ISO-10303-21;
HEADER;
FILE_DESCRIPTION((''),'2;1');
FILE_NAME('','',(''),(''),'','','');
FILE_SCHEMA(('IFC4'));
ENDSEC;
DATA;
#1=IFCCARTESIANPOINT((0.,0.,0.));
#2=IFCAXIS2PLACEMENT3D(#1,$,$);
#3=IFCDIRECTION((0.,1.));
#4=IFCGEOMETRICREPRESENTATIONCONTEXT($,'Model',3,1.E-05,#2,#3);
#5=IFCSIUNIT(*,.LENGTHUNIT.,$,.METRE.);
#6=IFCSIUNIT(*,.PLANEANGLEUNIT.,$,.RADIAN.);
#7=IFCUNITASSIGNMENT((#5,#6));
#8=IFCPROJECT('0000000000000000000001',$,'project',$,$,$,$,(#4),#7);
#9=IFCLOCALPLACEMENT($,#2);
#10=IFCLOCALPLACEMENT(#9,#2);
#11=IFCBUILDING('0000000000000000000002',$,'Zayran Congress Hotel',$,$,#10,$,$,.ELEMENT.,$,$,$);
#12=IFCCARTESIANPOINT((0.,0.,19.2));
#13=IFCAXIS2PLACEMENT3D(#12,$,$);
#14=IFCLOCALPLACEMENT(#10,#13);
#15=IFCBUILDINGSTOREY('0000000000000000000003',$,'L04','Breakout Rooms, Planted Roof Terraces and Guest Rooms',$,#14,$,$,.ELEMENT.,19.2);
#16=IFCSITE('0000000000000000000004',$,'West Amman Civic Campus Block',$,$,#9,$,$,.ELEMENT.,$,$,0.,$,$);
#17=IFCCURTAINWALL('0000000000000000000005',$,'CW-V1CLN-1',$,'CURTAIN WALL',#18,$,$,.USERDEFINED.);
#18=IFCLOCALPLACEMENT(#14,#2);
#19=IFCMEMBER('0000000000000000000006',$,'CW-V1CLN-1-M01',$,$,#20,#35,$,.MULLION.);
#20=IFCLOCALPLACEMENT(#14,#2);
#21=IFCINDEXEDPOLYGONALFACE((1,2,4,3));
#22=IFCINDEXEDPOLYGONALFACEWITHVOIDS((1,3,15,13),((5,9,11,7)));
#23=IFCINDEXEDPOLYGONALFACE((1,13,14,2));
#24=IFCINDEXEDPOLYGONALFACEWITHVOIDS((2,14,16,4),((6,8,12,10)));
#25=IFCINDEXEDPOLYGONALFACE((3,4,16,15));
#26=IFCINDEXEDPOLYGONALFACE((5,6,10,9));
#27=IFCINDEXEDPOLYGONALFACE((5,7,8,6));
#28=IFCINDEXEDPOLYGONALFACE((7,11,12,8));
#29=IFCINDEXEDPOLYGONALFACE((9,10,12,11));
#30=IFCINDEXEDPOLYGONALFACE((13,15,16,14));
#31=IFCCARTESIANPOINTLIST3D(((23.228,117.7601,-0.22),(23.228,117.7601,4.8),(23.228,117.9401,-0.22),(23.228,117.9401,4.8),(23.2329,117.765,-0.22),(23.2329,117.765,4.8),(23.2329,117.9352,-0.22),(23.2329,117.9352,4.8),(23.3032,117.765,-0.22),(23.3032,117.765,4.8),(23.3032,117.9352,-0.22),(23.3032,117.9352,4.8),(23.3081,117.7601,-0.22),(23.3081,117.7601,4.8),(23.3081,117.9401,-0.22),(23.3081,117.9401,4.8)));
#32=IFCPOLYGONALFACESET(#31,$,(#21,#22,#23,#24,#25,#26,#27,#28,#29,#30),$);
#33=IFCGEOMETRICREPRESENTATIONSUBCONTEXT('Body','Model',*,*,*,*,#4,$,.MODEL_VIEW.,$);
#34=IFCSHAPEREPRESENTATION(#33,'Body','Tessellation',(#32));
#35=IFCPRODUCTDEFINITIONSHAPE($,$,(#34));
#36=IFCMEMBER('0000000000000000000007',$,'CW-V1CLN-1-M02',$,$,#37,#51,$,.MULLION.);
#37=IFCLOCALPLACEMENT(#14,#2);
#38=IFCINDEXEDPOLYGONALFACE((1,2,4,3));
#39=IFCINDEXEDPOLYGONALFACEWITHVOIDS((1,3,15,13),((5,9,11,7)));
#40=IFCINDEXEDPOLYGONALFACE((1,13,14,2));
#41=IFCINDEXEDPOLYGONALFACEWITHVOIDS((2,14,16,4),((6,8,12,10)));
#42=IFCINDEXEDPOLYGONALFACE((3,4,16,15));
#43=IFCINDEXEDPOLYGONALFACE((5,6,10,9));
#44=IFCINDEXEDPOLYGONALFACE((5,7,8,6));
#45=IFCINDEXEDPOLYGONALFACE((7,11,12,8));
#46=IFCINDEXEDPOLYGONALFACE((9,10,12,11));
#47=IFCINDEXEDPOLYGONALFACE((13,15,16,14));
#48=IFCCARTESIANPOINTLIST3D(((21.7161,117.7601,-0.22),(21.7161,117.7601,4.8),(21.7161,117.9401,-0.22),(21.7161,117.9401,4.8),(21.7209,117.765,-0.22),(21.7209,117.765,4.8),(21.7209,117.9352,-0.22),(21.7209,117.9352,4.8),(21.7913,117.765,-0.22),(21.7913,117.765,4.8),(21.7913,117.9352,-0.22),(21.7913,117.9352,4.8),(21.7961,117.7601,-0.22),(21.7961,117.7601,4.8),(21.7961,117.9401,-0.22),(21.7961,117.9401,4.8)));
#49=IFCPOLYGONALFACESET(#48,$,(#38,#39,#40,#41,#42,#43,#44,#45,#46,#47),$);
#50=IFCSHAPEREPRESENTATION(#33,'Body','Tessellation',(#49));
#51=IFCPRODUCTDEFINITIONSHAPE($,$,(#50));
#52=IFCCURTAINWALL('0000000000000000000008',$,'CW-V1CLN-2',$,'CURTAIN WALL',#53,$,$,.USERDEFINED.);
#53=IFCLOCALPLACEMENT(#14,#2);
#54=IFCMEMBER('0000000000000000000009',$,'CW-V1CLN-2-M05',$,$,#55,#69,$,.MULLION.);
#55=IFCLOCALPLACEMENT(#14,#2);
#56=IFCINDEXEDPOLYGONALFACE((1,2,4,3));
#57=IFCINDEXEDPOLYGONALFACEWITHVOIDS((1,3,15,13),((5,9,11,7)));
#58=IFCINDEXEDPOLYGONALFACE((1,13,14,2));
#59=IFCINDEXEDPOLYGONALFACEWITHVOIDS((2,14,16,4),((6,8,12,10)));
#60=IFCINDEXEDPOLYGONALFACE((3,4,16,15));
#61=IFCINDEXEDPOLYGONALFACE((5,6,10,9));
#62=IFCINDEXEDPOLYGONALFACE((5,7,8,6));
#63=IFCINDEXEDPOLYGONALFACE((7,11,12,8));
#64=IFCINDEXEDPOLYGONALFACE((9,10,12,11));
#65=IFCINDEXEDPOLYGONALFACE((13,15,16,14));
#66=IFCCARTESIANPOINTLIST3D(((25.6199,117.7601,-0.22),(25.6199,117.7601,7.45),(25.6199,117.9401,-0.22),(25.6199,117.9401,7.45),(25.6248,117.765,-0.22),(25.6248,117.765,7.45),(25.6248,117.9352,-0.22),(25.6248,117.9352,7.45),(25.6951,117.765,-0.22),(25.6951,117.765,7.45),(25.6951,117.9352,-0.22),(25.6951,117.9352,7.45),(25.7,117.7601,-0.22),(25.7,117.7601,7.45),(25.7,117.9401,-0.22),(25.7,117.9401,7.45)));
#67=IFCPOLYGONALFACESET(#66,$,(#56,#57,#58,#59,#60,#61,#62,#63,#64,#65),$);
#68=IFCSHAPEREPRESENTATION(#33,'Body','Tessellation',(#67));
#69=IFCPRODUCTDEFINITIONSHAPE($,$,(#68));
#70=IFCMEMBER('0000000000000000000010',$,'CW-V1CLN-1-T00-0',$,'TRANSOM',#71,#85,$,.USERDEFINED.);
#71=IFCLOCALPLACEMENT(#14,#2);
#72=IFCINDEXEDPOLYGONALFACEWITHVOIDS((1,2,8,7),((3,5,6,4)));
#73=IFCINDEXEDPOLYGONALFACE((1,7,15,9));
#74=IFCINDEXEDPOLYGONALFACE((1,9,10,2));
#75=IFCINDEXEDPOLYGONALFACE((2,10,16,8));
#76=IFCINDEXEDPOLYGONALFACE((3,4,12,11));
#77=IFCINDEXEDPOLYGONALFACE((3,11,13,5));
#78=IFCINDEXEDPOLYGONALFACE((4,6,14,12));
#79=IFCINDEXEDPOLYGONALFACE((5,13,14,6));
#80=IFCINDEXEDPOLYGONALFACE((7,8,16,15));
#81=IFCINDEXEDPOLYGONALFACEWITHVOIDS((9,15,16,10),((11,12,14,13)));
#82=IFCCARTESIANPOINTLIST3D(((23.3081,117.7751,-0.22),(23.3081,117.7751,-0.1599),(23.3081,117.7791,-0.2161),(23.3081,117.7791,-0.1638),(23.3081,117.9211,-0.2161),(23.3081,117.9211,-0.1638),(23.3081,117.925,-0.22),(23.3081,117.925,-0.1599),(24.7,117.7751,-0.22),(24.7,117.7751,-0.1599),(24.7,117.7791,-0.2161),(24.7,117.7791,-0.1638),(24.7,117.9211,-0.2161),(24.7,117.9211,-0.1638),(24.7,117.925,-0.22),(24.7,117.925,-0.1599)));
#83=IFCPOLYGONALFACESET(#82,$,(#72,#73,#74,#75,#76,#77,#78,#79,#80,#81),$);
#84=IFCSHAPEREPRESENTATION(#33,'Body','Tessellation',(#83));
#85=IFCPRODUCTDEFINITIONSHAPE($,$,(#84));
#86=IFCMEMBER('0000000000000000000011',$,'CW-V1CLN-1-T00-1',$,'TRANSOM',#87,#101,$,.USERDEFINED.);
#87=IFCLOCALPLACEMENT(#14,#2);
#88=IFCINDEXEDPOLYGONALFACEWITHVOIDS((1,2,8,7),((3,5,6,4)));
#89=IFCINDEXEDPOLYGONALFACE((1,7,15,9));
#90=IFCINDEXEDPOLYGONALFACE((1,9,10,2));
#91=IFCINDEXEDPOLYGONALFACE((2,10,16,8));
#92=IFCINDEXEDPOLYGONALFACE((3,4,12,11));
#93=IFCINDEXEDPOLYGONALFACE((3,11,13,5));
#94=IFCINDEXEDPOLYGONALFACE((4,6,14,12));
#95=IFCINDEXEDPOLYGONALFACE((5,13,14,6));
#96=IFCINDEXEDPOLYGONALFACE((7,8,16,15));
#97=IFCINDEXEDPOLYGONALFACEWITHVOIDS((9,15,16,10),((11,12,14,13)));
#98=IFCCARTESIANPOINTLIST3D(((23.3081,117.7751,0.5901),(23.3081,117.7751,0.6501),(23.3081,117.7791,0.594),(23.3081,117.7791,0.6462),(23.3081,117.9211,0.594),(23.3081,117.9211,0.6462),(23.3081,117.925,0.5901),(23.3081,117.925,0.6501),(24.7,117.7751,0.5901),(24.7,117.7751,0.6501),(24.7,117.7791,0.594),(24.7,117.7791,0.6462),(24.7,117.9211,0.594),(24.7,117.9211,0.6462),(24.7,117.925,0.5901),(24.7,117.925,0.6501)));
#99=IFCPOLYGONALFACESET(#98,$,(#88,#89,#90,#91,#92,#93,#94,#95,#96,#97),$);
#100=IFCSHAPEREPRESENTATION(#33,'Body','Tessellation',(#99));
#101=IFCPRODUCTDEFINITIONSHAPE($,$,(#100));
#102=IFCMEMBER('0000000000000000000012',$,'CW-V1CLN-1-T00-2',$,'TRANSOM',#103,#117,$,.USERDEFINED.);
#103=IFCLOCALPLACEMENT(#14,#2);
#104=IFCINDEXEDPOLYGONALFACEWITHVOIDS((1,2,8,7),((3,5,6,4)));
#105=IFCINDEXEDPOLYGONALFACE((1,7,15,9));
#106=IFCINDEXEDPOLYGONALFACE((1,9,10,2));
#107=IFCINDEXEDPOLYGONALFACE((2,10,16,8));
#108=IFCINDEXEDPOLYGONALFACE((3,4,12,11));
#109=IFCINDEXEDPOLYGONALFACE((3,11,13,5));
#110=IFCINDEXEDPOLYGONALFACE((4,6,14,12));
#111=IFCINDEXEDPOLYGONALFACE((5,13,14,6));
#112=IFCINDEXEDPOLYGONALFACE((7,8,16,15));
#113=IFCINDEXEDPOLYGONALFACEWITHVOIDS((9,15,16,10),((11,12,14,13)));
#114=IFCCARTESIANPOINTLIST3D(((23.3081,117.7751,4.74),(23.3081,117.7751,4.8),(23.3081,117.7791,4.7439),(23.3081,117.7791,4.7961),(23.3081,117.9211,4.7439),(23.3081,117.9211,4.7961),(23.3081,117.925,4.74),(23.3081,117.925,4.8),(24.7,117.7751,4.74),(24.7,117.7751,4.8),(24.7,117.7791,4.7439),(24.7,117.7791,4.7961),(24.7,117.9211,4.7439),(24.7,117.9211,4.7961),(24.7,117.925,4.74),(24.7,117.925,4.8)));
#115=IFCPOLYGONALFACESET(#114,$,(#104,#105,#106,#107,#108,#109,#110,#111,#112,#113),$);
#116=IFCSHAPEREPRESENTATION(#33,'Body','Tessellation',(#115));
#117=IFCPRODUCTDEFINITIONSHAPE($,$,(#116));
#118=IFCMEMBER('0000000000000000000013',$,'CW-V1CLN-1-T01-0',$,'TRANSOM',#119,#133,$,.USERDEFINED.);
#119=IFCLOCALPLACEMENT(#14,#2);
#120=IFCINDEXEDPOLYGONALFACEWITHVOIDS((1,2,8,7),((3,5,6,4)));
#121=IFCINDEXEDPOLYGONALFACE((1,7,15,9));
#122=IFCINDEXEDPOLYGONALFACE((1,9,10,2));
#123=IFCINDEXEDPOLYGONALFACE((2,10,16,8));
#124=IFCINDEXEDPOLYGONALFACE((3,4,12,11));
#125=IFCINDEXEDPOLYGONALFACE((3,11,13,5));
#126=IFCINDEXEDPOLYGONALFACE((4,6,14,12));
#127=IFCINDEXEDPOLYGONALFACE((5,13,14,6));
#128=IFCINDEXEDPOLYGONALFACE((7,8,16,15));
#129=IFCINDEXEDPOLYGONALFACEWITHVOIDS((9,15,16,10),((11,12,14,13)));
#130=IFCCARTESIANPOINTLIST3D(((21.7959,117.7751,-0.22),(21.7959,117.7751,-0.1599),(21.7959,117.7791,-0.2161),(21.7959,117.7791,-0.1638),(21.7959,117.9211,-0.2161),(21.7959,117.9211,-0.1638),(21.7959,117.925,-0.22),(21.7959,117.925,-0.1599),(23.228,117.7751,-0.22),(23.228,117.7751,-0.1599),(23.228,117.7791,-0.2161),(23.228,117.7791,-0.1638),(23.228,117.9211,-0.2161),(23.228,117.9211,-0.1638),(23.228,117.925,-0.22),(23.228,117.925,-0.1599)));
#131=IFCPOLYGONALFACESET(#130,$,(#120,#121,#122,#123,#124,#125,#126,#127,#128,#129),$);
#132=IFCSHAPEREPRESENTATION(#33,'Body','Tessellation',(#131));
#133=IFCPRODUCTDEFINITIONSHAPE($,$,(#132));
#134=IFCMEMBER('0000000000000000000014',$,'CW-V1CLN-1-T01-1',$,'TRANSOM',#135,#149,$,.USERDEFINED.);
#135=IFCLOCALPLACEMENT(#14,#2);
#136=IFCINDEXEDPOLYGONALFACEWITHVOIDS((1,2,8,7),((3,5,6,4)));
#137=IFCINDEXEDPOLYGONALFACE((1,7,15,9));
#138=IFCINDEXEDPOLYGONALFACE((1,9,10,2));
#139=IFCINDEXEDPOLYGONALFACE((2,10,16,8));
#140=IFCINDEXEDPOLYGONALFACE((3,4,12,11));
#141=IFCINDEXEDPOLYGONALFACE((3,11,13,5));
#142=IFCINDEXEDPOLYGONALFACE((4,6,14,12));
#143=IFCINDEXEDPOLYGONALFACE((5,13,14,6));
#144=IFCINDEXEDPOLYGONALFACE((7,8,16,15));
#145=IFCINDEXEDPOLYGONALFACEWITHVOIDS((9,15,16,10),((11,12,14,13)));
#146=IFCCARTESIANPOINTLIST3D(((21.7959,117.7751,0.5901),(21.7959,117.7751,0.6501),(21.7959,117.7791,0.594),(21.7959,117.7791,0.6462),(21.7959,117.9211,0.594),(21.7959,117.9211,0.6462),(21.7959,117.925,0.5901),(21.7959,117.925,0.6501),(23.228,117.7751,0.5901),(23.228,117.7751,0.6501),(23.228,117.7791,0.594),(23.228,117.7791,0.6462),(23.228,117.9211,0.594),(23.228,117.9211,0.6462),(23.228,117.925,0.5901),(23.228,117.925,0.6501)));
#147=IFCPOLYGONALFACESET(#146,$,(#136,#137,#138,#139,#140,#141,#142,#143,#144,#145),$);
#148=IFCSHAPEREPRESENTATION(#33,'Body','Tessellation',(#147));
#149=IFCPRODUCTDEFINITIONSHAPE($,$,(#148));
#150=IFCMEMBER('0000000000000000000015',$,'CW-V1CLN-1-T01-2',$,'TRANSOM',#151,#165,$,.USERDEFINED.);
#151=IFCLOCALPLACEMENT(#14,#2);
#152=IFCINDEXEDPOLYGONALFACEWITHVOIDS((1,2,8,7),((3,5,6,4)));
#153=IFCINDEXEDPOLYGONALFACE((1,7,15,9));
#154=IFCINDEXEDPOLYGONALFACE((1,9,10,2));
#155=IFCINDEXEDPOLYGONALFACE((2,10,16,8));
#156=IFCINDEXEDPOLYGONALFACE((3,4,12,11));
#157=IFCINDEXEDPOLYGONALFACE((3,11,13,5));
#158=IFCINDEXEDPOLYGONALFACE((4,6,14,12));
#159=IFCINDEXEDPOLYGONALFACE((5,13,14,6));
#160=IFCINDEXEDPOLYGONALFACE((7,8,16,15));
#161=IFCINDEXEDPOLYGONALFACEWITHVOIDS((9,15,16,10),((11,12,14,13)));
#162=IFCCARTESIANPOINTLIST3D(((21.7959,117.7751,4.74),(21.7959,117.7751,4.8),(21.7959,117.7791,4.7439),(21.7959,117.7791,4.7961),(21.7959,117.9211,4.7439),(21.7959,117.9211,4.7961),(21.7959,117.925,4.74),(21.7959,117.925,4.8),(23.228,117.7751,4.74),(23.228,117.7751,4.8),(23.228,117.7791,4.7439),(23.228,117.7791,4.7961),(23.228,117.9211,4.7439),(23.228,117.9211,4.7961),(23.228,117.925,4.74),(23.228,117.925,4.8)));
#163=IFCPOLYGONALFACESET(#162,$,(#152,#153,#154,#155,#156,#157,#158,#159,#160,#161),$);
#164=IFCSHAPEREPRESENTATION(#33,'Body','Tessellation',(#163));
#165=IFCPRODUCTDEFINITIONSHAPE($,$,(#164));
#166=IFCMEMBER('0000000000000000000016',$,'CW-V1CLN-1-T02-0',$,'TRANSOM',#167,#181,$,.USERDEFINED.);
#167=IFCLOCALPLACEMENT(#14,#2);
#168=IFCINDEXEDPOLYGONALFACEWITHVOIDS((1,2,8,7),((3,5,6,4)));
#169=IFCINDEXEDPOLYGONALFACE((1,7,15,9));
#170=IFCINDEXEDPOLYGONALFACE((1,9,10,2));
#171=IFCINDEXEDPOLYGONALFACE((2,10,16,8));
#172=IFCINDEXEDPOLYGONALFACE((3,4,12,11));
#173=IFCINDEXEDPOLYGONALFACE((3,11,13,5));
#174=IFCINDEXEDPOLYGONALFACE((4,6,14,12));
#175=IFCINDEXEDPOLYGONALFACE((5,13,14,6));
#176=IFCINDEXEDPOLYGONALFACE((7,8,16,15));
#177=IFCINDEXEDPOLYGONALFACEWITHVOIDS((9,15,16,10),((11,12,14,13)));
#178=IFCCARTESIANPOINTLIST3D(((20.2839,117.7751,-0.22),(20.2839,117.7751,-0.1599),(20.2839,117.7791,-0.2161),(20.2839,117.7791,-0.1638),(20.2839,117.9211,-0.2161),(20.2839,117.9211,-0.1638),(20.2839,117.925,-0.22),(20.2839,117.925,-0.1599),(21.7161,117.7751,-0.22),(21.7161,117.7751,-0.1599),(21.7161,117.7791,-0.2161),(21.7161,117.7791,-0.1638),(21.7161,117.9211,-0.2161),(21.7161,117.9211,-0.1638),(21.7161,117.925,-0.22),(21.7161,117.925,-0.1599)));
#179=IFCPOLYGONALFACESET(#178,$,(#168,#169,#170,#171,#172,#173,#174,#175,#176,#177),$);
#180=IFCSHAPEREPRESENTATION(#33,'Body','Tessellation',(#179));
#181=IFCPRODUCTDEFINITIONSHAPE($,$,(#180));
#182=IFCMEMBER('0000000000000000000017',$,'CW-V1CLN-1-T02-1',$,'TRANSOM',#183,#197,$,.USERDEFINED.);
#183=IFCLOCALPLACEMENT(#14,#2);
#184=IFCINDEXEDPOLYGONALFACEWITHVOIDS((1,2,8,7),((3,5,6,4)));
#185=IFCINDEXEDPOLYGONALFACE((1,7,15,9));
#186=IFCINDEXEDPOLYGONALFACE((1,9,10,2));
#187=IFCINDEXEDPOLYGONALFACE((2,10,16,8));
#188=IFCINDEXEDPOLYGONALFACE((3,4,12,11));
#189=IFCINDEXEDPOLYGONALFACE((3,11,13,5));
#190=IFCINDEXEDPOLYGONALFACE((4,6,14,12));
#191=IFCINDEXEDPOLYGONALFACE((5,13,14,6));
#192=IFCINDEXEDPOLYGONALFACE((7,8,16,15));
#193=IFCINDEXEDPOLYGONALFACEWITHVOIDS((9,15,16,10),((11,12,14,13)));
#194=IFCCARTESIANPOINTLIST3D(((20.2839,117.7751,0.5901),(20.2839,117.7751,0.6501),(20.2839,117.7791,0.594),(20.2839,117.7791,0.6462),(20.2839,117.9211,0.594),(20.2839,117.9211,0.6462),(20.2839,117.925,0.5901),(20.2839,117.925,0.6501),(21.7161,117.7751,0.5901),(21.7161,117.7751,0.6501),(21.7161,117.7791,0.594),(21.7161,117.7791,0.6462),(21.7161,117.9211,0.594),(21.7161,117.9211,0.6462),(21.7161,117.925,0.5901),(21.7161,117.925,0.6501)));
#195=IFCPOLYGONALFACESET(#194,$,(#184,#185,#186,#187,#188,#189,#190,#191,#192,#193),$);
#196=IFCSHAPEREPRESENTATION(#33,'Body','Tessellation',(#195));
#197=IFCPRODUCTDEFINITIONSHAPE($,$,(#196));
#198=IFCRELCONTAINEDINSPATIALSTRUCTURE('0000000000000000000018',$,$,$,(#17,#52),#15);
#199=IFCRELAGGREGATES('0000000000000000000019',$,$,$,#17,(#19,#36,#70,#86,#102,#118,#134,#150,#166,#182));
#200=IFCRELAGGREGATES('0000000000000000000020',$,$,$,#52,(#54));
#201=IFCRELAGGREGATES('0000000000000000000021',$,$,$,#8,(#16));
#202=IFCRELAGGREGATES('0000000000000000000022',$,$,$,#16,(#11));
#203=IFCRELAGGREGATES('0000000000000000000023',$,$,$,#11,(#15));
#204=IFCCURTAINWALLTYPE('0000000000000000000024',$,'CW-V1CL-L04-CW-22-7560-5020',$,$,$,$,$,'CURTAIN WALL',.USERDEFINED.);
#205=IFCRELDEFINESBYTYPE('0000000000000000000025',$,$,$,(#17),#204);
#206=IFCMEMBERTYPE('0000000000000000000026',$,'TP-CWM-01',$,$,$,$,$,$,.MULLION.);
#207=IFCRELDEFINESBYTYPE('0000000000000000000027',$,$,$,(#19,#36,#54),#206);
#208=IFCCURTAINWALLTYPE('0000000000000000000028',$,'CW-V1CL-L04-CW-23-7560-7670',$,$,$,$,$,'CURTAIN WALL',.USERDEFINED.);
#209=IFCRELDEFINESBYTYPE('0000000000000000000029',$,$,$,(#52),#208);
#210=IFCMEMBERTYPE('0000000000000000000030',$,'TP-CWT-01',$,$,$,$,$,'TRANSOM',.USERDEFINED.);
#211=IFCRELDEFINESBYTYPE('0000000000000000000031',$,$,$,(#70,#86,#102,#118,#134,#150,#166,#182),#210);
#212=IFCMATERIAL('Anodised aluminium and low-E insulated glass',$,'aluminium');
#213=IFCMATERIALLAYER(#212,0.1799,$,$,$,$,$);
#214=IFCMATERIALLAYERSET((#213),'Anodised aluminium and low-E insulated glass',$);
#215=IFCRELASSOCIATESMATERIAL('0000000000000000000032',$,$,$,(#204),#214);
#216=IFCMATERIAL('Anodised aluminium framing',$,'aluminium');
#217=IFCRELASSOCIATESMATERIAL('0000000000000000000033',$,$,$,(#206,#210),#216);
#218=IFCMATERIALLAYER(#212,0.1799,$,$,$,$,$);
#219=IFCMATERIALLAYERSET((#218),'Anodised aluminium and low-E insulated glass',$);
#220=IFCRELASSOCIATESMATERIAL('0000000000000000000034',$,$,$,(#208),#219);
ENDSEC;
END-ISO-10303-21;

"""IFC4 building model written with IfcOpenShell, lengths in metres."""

from ifc_helpers import new_model, si_unit, direction, frame, origin, origin_2d, place, context, subcontext, project, spatial, hollow_rectangle, extrude, material, layer, layer_set, material_profile, profile_set, type_object, element, aggregate, save


model = new_model("IFC4")

# Units and contexts
model_context = context("Model", 3, precision=1e-05, world=origin(), true_north=direction((0.0, 1.0)))
body_context = subcontext(model_context, "Body", "Model", "MODEL_VIEW")
ifc_project = project(units=[si_unit("LENGTHUNIT", "METRE"), si_unit("PLANEANGLEUNIT", "RADIAN")], contexts=[model_context])

# Site, building, storey
site_placement = place(None, origin())
site = spatial("IfcSite", under=ifc_project, at=site_placement, Name="West Amman Civic Campus Block", CompositionType="ELEMENT", RefElevation=0.0)
building_placement = place(site_placement, origin())
building = spatial("IfcBuilding", under=site, at=building_placement, Name="Zayran Congress Hotel", CompositionType="ELEMENT")
storey_placement = place(building_placement, frame((0.0, 0.0, 19.2)))
storey = spatial("IfcBuildingStorey", under=building, at=storey_placement, Name="L04", Description="Breakout Rooms, Planted Roof Terraces and Guest Rooms", CompositionType="ELEMENT", Elevation=19.2)

# Curtain wall, members
ifc_material_1 = material(Name="Anodised aluminium and low-E insulated glass", Category="aluminium")
ifc_layer_1 = layer(ifc_material_1, 0.1799)
ifc_layer_set_1 = layer_set([ifc_layer_1], Name="Anodised aluminium and low-E insulated glass")
curtain_wall_type_1 = type_object("IfcCurtainWallType", Name="CW-V1CL-L04-CW-22-7560-5020", ElementType="CURTAIN WALL", PredefinedType="USERDEFINED", material=ifc_layer_set_1)
curtain_wall_1_placement = place(storey_placement, origin())
curtain_wall_1 = element("IfcCurtainWall", 1, at=curtain_wall_1_placement, inside=storey, type_object=curtain_wall_type_1, Name="CW-V1CLN-1", ObjectType="CURTAIN WALL", PredefinedType="USERDEFINED")
ifc_material_2 = material(Name="Anodised aluminium framing", Category="aluminium")
ifc_material_profile_1 = material_profile(ifc_material_2, hollow_rectangle(XDim=0.0801, YDim=0.1799, WallThickness=0.0049, at=origin_2d()), Name="RHS 180x80x5")
ifc_profile_set_1 = profile_set([ifc_material_profile_1], Name="Anodised aluminium framing")
member_type_1 = type_object("IfcMemberType", Name="TP-CWM-01", PredefinedType="MULLION", material=ifc_profile_set_1)
member_1_placement = place(storey_placement, frame((23.2681, 117.8501, -0.22), z_axis=(0.0, 0.0, 1.0), x_axis=(1.0, 0.0, 0.0)))
member_1 = element("IfcMember", 2, at=member_1_placement, type_object=member_type_1, Name="CW-V1CLN-1-M01", PredefinedType="MULLION", context=body_context, shape_type="SweptSolid", body=[
    extrude(hollow_rectangle(XDim=0.0801, YDim=0.1799, WallThickness=0.0049, at=origin_2d()), origin(), (0.0, 0.0, 1.0), 5.02),
])
member_2_placement = place(storey_placement, frame((21.7561, 117.8501, -0.22), z_axis=(0.0, 0.0, 1.0), x_axis=(1.0, 0.0, 0.0)))
member_2 = element("IfcMember", 3, at=member_2_placement, type_object=member_type_1, Name="CW-V1CLN-1-M02", PredefinedType="MULLION", context=body_context, shape_type="SweptSolid", body=[
    extrude(hollow_rectangle(XDim=0.0801, YDim=0.1799, WallThickness=0.0049, at=origin_2d()), origin(), (0.0, 0.0, 1.0), 5.02),
])

# Curtain wall, member
ifc_layer_2 = layer(ifc_material_1, 0.1799)
ifc_layer_set_2 = layer_set([ifc_layer_2], Name="Anodised aluminium and low-E insulated glass")
curtain_wall_type_2 = type_object("IfcCurtainWallType", Name="CW-V1CL-L04-CW-23-7560-7670", ElementType="CURTAIN WALL", PredefinedType="USERDEFINED", material=ifc_layer_set_2)
curtain_wall_2_placement = place(storey_placement, origin())
curtain_wall_2 = element("IfcCurtainWall", 4, at=curtain_wall_2_placement, inside=storey, type_object=curtain_wall_type_2, Name="CW-V1CLN-2", ObjectType="CURTAIN WALL", PredefinedType="USERDEFINED")
member_3_placement = place(storey_placement, frame((25.6599, 117.8501, -0.22), z_axis=(0.0, 0.0, 1.0), x_axis=(1.0, 0.0, 0.0)))
member_3 = element("IfcMember", 5, at=member_3_placement, type_object=member_type_1, Name="CW-V1CLN-2-M05", PredefinedType="MULLION", context=body_context, shape_type="SweptSolid", body=[
    extrude(hollow_rectangle(XDim=0.0801, YDim=0.1799, WallThickness=0.0049, at=origin_2d()), origin(), (0.0, 0.0, 1.0), 7.6699),
])

# Members
ifc_material_profile_2 = material_profile(ifc_material_2, hollow_rectangle(XDim=0.0601, YDim=0.1499, WallThickness=0.0039, at=origin_2d()), Name="RHS 150x60x4")
ifc_profile_set_2 = profile_set([ifc_material_profile_2], Name="Anodised aluminium framing")
member_type_2 = type_object("IfcMemberType", Name="TP-CWT-01", ElementType="TRANSOM", PredefinedType="USERDEFINED", material=ifc_profile_set_2)
member_4_placement = place(storey_placement, frame((24.7, 117.8501, -0.1899), z_axis=(-1.0, 0.0, 0.0), x_axis=(0.0, 0.0, 1.0)))
member_4 = element("IfcMember", 6, at=member_4_placement, type_object=member_type_2, Name="CW-V1CLN-1-T00-0", ObjectType="TRANSOM", PredefinedType="USERDEFINED", context=body_context, shape_type="SweptSolid", body=[
    extrude(hollow_rectangle(XDim=0.0601, YDim=0.1499, WallThickness=0.0039, at=origin_2d()), origin(), (0.0, 0.0, 1.0), 1.3918),
])
member_5_placement = place(storey_placement, frame((24.7, 117.8501, 0.6201), z_axis=(-1.0, 0.0, 0.0), x_axis=(0.0, 0.0, 1.0)))
member_5 = element("IfcMember", 7, at=member_5_placement, type_object=member_type_2, Name="CW-V1CLN-1-T00-1", ObjectType="TRANSOM", PredefinedType="USERDEFINED", context=body_context, shape_type="SweptSolid", body=[
    extrude(hollow_rectangle(XDim=0.0601, YDim=0.1499, WallThickness=0.0039, at=origin_2d()), origin(), (0.0, 0.0, 1.0), 1.3918),
])
member_6_placement = place(storey_placement, frame((24.7, 117.8501, 4.77), z_axis=(-1.0, 0.0, 0.0), x_axis=(0.0, 0.0, 1.0)))
member_6 = element("IfcMember", 8, at=member_6_placement, type_object=member_type_2, Name="CW-V1CLN-1-T00-2", ObjectType="TRANSOM", PredefinedType="USERDEFINED", context=body_context, shape_type="SweptSolid", body=[
    extrude(hollow_rectangle(XDim=0.0601, YDim=0.1499, WallThickness=0.0039, at=origin_2d()), origin(), (0.0, 0.0, 1.0), 1.3918),
])
member_7_placement = place(storey_placement, frame((23.228, 117.8501, -0.1899), z_axis=(-1.0, 0.0, 0.0), x_axis=(0.0, 0.0, 1.0)))
member_7 = element("IfcMember", 9, at=member_7_placement, type_object=member_type_2, Name="CW-V1CLN-1-T01-0", ObjectType="TRANSOM", PredefinedType="USERDEFINED", context=body_context, shape_type="SweptSolid", body=[
    extrude(hollow_rectangle(XDim=0.0601, YDim=0.1499, WallThickness=0.0039, at=origin_2d()), origin(), (0.0, 0.0, 1.0), 1.4321),
])
member_8_placement = place(storey_placement, frame((23.228, 117.8501, 0.6201), z_axis=(-1.0, 0.0, 0.0), x_axis=(0.0, 0.0, 1.0)))
member_8 = element("IfcMember", 10, at=member_8_placement, type_object=member_type_2, Name="CW-V1CLN-1-T01-1", ObjectType="TRANSOM", PredefinedType="USERDEFINED", context=body_context, shape_type="SweptSolid", body=[
    extrude(hollow_rectangle(XDim=0.0601, YDim=0.1499, WallThickness=0.0039, at=origin_2d()), origin(), (0.0, 0.0, 1.0), 1.4321),
])
member_9_placement = place(storey_placement, frame((23.228, 117.8501, 4.77), z_axis=(-1.0, 0.0, 0.0), x_axis=(0.0, 0.0, 1.0)))
member_9 = element("IfcMember", 11, at=member_9_placement, type_object=member_type_2, Name="CW-V1CLN-1-T01-2", ObjectType="TRANSOM", PredefinedType="USERDEFINED", context=body_context, shape_type="SweptSolid", body=[
    extrude(hollow_rectangle(XDim=0.0601, YDim=0.1499, WallThickness=0.0039, at=origin_2d()), origin(), (0.0, 0.0, 1.0), 1.4321),
])
member_10_placement = place(storey_placement, frame((21.7161, 117.8501, -0.1899), z_axis=(-1.0, 0.0, 0.0), x_axis=(0.0, 0.0, 1.0)))
member_10 = element("IfcMember", 12, at=member_10_placement, type_object=member_type_2, Name="CW-V1CLN-1-T02-0", ObjectType="TRANSOM", PredefinedType="USERDEFINED", context=body_context, shape_type="SweptSolid", body=[
    extrude(hollow_rectangle(XDim=0.0601, YDim=0.1499, WallThickness=0.0039, at=origin_2d()), origin(), (0.0, 0.0, 1.0), 1.4321),
])
member_11_placement = place(storey_placement, frame((21.7161, 117.8501, 0.6201), z_axis=(-1.0, 0.0, 0.0), x_axis=(0.0, 0.0, 1.0)))
member_11 = element("IfcMember", 13, at=member_11_placement, type_object=member_type_2, Name="CW-V1CLN-1-T02-1", ObjectType="TRANSOM", PredefinedType="USERDEFINED", context=body_context, shape_type="SweptSolid", body=[
    extrude(hollow_rectangle(XDim=0.0601, YDim=0.1499, WallThickness=0.0039, at=origin_2d()), origin(), (0.0, 0.0, 1.0), 1.4321),
])

aggregate(curtain_wall_1, [member_1, member_2, member_4, member_5, member_6, member_7, member_8, member_9, member_10, member_11])
aggregate(curtain_wall_2, [member_3])

save(model, "model.ifc")
